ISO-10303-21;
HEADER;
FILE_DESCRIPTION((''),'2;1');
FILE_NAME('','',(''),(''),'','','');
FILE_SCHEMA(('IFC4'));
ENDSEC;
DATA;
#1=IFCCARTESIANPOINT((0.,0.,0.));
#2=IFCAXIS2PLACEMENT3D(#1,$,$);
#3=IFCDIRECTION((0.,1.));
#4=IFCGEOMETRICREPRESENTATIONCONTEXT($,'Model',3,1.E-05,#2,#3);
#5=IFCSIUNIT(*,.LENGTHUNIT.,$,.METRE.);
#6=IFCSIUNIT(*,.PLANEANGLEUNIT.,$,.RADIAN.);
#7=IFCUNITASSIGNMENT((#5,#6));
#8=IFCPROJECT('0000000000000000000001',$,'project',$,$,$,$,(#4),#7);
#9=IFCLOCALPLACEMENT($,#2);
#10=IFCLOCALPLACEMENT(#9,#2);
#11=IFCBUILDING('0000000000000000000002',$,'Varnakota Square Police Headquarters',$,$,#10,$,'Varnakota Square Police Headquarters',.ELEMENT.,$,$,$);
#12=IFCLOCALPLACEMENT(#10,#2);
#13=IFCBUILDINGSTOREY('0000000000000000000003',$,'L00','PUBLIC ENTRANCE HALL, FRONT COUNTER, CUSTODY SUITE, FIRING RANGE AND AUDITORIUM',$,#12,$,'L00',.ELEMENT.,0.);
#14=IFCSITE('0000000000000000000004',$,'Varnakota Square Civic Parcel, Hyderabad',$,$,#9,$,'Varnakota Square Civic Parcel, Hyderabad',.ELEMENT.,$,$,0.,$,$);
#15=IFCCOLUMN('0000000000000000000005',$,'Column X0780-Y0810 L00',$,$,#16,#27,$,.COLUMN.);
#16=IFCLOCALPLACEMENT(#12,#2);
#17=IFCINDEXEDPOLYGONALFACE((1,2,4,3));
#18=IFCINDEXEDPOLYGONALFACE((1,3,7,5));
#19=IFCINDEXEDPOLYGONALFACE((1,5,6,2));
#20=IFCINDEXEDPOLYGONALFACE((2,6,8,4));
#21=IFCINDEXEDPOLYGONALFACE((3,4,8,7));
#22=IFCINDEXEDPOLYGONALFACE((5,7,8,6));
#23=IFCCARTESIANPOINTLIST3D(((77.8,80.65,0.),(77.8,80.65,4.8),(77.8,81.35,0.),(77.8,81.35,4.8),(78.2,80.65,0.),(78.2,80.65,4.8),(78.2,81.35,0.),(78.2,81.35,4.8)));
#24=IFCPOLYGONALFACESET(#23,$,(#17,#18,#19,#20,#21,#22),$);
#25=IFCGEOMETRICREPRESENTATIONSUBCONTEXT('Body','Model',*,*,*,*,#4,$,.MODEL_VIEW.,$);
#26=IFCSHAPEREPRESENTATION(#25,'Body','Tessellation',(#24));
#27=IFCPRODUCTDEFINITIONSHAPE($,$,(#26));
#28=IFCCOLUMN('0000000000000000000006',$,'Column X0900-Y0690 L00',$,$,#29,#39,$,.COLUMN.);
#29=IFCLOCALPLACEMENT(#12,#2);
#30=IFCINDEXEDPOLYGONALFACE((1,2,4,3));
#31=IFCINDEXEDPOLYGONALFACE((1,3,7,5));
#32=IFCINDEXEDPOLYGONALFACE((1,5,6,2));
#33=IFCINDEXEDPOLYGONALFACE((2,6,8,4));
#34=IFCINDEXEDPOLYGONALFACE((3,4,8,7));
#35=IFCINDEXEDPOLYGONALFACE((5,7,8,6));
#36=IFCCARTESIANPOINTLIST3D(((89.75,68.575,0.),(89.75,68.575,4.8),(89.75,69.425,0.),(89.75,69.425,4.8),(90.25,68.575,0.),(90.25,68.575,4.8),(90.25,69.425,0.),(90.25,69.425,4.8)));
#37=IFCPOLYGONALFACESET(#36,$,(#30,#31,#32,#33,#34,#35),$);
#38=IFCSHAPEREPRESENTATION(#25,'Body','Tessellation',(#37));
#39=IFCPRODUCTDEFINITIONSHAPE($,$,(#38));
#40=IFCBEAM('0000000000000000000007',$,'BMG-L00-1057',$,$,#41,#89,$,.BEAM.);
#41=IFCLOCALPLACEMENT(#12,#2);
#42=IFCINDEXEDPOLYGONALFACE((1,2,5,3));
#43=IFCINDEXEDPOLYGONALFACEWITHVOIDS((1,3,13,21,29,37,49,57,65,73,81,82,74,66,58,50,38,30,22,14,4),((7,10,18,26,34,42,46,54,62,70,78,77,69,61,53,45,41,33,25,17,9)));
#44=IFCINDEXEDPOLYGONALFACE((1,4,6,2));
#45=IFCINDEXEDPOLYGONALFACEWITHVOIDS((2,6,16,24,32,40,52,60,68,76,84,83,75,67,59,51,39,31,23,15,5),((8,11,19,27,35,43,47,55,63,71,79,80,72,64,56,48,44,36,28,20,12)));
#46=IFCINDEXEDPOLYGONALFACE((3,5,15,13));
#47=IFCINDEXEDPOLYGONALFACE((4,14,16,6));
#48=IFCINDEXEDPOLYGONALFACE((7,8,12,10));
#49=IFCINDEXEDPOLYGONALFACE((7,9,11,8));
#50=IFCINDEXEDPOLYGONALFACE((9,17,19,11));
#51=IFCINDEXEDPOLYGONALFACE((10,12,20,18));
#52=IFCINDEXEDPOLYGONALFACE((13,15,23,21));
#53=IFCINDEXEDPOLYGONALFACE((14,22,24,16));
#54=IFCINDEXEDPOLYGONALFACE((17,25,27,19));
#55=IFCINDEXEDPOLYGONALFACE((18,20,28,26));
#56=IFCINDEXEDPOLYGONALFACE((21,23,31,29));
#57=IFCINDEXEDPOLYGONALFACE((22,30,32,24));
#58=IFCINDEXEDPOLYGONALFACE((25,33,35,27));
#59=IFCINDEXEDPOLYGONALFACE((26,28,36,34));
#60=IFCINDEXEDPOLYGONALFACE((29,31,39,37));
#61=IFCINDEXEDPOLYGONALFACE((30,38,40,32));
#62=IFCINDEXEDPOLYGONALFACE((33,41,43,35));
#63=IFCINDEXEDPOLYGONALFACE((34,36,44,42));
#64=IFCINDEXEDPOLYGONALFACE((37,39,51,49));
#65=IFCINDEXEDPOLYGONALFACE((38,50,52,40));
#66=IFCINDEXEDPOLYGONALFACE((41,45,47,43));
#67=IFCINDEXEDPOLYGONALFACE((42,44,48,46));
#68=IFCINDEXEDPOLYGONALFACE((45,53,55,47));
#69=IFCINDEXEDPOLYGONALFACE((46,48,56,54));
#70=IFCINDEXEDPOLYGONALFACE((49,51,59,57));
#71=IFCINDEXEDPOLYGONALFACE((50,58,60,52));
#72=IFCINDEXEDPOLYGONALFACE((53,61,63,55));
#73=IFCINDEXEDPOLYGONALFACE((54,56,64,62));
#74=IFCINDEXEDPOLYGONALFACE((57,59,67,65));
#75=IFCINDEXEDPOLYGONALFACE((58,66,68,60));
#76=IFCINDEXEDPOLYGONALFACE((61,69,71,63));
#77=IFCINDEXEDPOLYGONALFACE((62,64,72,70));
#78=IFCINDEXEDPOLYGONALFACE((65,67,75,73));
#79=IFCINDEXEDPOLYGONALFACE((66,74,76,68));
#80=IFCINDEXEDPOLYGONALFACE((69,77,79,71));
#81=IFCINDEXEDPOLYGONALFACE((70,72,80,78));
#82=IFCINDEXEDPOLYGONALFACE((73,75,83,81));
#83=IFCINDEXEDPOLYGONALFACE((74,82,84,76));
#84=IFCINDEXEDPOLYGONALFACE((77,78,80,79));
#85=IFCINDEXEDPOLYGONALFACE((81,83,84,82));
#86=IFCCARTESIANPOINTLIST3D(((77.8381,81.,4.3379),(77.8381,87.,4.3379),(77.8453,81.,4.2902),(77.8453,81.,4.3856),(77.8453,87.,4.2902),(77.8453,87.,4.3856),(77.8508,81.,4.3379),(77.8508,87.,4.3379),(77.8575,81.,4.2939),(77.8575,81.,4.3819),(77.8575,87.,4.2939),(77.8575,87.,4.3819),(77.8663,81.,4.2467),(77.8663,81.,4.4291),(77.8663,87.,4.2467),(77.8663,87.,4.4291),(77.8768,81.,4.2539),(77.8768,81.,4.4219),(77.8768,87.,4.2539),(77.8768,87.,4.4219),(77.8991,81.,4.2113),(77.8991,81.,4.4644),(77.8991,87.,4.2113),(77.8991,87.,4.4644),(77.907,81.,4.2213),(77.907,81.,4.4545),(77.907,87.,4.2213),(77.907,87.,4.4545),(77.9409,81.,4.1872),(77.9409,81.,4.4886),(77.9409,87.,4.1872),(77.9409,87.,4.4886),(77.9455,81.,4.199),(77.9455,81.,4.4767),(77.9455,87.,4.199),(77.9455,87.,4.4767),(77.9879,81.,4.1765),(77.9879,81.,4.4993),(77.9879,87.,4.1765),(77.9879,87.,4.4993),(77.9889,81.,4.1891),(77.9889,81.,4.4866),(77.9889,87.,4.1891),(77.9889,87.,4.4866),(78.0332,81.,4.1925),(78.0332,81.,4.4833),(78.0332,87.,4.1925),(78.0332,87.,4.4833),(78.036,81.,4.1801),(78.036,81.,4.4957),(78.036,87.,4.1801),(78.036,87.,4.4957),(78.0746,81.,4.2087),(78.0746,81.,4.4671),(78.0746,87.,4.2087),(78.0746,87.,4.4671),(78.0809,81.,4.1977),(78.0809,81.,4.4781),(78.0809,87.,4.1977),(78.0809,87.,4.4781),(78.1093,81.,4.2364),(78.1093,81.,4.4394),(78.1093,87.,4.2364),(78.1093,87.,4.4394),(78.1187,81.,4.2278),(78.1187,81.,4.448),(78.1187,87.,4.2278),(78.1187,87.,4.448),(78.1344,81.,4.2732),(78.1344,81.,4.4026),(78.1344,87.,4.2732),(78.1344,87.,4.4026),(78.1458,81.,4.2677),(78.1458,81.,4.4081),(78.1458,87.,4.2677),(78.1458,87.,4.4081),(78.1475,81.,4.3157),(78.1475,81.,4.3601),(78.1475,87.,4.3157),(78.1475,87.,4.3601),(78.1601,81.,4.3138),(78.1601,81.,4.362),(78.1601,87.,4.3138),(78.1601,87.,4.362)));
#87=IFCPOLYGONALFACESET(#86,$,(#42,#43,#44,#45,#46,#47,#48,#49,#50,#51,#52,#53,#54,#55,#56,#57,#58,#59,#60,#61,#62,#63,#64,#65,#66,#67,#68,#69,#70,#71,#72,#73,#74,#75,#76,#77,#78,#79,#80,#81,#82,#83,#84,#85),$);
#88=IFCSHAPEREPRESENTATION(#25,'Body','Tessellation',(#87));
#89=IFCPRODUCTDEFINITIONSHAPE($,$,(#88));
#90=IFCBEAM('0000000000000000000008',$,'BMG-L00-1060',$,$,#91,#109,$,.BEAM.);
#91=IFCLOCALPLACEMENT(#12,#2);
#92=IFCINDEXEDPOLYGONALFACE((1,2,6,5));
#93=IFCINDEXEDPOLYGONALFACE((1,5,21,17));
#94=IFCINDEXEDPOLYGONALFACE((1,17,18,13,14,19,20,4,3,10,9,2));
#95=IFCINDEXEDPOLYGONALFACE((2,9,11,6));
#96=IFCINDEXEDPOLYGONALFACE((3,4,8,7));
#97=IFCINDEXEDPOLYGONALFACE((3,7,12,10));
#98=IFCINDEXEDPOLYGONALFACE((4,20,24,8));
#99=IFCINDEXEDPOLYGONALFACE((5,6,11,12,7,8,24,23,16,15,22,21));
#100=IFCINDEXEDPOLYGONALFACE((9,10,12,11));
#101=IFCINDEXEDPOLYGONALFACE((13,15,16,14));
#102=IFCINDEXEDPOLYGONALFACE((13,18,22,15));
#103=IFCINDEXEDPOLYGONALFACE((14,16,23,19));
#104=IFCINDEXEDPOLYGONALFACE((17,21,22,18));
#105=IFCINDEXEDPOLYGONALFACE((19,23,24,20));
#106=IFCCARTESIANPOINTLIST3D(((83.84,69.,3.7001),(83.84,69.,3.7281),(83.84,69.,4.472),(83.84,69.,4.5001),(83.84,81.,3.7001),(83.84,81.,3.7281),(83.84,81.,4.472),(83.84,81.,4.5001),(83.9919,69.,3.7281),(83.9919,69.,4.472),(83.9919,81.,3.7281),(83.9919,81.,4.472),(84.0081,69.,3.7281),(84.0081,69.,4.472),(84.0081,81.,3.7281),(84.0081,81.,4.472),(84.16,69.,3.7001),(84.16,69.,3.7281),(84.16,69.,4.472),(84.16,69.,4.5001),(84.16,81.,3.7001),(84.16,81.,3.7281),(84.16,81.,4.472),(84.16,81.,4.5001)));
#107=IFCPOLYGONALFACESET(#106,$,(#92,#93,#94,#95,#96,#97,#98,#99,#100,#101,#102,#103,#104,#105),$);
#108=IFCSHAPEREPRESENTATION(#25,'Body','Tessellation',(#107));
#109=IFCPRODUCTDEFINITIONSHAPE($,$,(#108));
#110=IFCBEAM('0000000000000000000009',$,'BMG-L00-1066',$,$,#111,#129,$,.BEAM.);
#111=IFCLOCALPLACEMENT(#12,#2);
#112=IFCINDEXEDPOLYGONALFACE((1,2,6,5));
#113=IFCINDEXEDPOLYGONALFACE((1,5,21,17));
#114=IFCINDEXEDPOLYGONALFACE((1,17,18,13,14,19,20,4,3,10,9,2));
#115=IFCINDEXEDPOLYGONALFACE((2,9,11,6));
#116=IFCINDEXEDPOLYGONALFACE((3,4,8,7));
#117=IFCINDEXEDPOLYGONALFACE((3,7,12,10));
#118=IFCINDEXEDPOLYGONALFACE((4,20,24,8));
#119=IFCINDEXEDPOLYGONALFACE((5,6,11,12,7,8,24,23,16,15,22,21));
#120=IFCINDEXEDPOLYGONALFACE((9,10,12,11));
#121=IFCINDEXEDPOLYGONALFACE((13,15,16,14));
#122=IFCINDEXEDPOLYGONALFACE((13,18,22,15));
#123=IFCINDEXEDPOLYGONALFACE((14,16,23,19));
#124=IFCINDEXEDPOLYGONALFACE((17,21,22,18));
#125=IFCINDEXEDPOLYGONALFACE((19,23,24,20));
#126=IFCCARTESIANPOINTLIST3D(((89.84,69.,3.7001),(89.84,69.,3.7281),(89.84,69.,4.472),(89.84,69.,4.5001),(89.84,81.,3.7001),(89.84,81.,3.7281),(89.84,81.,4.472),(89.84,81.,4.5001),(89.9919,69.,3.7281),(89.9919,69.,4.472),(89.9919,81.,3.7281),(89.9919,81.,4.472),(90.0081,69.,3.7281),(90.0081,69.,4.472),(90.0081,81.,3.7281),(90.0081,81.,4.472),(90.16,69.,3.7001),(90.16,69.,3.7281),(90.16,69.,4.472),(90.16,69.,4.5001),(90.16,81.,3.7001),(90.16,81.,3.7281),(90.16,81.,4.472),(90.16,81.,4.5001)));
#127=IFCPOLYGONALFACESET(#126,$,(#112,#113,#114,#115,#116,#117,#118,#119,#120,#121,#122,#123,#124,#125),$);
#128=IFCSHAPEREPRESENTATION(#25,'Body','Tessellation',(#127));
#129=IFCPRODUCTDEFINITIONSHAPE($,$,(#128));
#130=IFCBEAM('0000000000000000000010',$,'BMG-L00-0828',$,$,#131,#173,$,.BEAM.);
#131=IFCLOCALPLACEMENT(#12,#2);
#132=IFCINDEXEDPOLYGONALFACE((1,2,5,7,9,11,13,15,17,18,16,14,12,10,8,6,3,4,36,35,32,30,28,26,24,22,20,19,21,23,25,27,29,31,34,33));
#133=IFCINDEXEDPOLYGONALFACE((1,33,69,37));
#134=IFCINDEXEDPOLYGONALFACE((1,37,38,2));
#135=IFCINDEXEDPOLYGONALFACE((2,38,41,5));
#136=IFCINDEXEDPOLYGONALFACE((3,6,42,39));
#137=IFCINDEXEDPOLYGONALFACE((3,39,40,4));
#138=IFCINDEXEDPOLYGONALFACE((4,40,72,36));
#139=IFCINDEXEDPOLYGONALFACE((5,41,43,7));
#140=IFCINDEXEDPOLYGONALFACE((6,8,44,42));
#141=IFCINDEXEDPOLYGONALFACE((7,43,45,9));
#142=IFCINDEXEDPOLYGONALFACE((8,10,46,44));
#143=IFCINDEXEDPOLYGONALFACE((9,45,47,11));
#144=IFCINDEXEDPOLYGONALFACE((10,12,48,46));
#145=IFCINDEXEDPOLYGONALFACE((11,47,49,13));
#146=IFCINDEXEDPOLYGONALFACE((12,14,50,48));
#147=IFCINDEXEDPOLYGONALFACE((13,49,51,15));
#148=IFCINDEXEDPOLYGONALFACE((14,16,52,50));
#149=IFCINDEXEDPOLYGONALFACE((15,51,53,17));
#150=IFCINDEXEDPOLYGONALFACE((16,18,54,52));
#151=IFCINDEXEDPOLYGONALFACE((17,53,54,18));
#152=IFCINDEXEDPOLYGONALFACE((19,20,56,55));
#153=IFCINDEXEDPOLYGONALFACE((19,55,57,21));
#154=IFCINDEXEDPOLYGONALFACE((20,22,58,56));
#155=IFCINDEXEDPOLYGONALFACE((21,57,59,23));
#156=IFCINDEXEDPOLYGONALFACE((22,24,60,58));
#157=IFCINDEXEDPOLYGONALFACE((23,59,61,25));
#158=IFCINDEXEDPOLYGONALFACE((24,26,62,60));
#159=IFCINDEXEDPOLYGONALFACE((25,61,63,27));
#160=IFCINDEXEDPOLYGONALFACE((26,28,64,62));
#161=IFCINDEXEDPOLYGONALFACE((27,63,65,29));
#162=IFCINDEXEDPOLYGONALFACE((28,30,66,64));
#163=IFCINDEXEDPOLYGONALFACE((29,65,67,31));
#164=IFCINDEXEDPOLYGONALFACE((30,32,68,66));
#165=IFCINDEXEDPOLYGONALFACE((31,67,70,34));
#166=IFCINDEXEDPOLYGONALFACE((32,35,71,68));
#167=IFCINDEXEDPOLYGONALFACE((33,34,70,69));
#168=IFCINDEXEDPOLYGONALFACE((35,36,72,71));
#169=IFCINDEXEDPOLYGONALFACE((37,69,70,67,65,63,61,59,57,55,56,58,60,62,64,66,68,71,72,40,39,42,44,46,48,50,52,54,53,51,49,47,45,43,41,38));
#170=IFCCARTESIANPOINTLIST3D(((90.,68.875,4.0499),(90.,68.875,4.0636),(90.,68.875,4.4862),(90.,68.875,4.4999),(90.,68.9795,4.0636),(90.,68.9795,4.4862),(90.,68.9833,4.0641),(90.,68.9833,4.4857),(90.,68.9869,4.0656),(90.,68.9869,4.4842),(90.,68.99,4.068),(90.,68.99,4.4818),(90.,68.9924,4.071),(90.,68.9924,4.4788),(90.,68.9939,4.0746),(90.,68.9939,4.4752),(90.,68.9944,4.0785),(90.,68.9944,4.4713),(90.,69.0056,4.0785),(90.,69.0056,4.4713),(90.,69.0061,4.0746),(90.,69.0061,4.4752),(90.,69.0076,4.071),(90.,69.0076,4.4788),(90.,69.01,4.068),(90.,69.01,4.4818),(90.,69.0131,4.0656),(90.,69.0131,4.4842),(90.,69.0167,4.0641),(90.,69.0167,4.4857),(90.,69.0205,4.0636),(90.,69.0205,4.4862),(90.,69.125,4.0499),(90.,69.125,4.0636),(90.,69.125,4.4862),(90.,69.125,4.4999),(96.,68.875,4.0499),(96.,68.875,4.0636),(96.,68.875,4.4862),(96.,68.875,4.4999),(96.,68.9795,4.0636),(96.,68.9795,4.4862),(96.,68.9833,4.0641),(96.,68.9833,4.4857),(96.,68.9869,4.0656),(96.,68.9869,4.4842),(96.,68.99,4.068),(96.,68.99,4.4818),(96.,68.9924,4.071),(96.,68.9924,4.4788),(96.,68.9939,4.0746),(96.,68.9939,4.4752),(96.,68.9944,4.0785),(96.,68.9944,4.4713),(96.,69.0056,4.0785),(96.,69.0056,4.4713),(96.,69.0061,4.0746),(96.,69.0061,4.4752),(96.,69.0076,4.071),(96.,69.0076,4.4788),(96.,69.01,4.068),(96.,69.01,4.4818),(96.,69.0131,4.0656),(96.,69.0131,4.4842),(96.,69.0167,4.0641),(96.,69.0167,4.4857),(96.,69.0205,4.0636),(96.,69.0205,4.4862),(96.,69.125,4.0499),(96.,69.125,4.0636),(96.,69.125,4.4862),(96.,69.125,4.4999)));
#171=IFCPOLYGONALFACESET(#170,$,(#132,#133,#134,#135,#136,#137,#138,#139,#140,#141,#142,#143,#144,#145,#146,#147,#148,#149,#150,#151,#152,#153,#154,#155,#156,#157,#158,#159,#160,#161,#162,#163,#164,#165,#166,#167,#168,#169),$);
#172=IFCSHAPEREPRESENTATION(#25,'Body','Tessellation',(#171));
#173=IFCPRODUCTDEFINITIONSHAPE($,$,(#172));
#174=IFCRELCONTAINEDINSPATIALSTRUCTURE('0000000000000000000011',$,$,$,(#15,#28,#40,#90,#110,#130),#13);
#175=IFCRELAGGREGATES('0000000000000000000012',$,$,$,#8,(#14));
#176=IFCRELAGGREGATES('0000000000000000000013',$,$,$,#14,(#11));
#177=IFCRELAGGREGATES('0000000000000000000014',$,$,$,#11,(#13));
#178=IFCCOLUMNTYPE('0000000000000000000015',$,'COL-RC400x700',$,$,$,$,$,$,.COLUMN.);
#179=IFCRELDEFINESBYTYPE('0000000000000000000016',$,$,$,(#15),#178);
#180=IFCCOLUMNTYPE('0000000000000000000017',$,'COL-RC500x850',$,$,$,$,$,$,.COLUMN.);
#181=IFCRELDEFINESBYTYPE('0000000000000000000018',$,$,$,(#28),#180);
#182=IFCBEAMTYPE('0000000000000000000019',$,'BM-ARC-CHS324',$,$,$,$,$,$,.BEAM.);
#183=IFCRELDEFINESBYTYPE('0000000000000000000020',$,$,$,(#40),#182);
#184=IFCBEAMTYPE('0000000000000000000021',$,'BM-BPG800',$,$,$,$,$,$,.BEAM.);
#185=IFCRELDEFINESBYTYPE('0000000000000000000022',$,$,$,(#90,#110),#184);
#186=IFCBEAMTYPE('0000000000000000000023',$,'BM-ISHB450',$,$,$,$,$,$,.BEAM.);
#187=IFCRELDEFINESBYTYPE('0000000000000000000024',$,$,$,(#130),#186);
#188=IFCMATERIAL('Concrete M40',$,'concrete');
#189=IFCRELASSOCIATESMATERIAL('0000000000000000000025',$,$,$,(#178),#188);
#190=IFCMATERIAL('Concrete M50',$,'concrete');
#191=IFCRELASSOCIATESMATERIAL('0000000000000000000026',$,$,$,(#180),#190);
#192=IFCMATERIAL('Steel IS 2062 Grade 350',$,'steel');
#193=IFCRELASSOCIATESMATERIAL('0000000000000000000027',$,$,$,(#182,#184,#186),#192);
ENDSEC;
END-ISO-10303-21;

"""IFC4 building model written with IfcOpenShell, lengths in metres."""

from ifc_helpers import new_model, si_unit, direction, frame, origin, origin_2d, place, context, subcontext, project, spatial, rectangle, hollow_circle, i_section, extrude, material, material_profile, profile_set, type_object, element, save


model = new_model("IFC4")

# Units and contexts
model_context = context("Model", 3, precision=1e-05, world=origin(), true_north=direction((0.0, 1.0)))
body_context = subcontext(model_context, "Body", "Model", "MODEL_VIEW")
ifc_project = project(units=[si_unit("LENGTHUNIT", "METRE"), si_unit("PLANEANGLEUNIT", "RADIAN")], contexts=[model_context])

# Site, building, storey
site_placement = place(None, origin())
site = spatial("IfcSite", under=ifc_project, at=site_placement, Name="Varnakota Square Civic Parcel, Hyderabad", LongName="Varnakota Square Civic Parcel, Hyderabad", CompositionType="ELEMENT", RefElevation=0.0)
building_placement = place(site_placement, origin())
building = spatial("IfcBuilding", under=site, at=building_placement, Name="Varnakota Square Police Headquarters", LongName="Varnakota Square Police Headquarters", CompositionType="ELEMENT")
storey_placement = place(building_placement, origin())
storey = spatial("IfcBuildingStorey", under=building, at=storey_placement, Name="L00", Description="PUBLIC ENTRANCE HALL, FRONT COUNTER, CUSTODY SUITE, FIRING RANGE AND AUDITORIUM", LongName="L00", CompositionType="ELEMENT", Elevation=0.0)

# Columns
ifc_material_1 = material(Name="Concrete M40", Category="concrete")
ifc_material_profile_1 = material_profile(ifc_material_1, rectangle(XDim=0.3999, YDim=0.7, at=origin_2d()), Name="RC 400x700")
ifc_profile_set_1 = profile_set([ifc_material_profile_1], Name="Concrete M40")
column_type_1 = type_object("IfcColumnType", Name="COL-RC400x700", PredefinedType="COLUMN", material=ifc_profile_set_1)
column_1_placement = place(storey_placement, frame((78.0, 81.0, 0.0), z_axis=(0.0, 0.0, 1.0), x_axis=(1.0, 0.0, 0.0)))
element("IfcColumn", 1, at=column_1_placement, inside=storey, type_object=column_type_1, Name="Column X0780-Y0810 L00", PredefinedType="COLUMN", context=body_context, shape_type="SweptSolid", body=[
    extrude(rectangle(XDim=0.3999, YDim=0.7, at=origin_2d()), origin(), (0.0, 0.0, 1.0), 4.8),
])
ifc_material_2 = material(Name="Concrete M50", Category="concrete")
ifc_material_profile_2 = material_profile(ifc_material_2, rectangle(XDim=0.5, YDim=0.8501, at=origin_2d()), Name="RC 500x850")
ifc_profile_set_2 = profile_set([ifc_material_profile_2], Name="Concrete M50")
column_type_2 = type_object("IfcColumnType", Name="COL-RC500x850", PredefinedType="COLUMN", material=ifc_profile_set_2)
column_2_placement = place(storey_placement, frame((90.0, 69.0, 0.0), z_axis=(0.0, 0.0, 1.0), x_axis=(1.0, 0.0, 0.0)))
element("IfcColumn", 2, at=column_2_placement, inside=storey, type_object=column_type_2, Name="Column X0900-Y0690 L00", PredefinedType="COLUMN", context=body_context, shape_type="SweptSolid", body=[
    extrude(rectangle(XDim=0.5, YDim=0.8501, at=origin_2d()), origin(), (0.0, 0.0, 1.0), 4.8),
])

# Beams
ifc_material_3 = material(Name="Steel IS 2062 Grade 350", Category="steel")
ifc_material_profile_3 = material_profile(ifc_material_3, hollow_circle(Radius=0.1619, WallThickness=0.0127, at=origin_2d()), Name="CHS 323.9x12.7")
ifc_profile_set_3 = profile_set([ifc_material_profile_3], Name="Steel IS 2062 Grade 350")
beam_type_1 = type_object("IfcBeamType", Name="BM-ARC-CHS324", PredefinedType="BEAM", material=ifc_profile_set_3)
beam_1_placement = place(storey_placement, frame((78.0, 81.0, 4.3379), z_axis=(0.0, 1.0, 0.0), x_axis=(-1.0, 0.0, 0.0)))
element("IfcBeam", 3, at=beam_1_placement, inside=storey, type_object=beam_type_1, Name="BMG-L00-1057", PredefinedType="BEAM", context=body_context, shape_type="SweptSolid", body=[
    extrude(hollow_circle(Radius=0.1619, WallThickness=0.0127, at=origin_2d()), origin(), (0.0, 0.0, 1.0), 6.0),
])
ifc_material_profile_4 = material_profile(ifc_material_3, i_section(OverallWidth=0.3201, OverallDepth=0.8, WebThickness=0.0161, FlangeThickness=0.0281, at=origin_2d()), Name="BPG 800x320")
ifc_profile_set_4 = profile_set([ifc_material_profile_4], Name="Steel IS 2062 Grade 350")
beam_type_2 = type_object("IfcBeamType", Name="BM-BPG800", PredefinedType="BEAM", material=ifc_profile_set_4)
for number, where, z_axis, x_axis, name in (
    (4, (84.0, 69.0, 4.1001), (0.0, 1.0, 0.0), (-1.0, 0.0, 0.0), "BMG-L00-1060"),
    (5, (90.0, 69.0, 4.1001), (0.0, 1.0, 0.0), (-1.0, 0.0, 0.0), "BMG-L00-1066"),
):
    element("IfcBeam", number, at=place(storey_placement, frame(where, z_axis=z_axis, x_axis=x_axis)), inside=storey, type_object=beam_type_2, Name=name, PredefinedType="BEAM", context=body_context, shape_type="SweptSolid", body=[
        extrude(i_section(OverallWidth=0.3201, OverallDepth=0.8, WebThickness=0.0161, FlangeThickness=0.0281, at=origin_2d()), origin(), (0.0, 0.0, 1.0), 12.0),
    ])
ifc_material_profile_5 = material_profile(ifc_material_3, i_section(OverallWidth=0.25, OverallDepth=0.45, WebThickness=0.0112, FlangeThickness=0.0137, FilletRadius=0.0149, at=origin_2d()), Name="ISHB 450")
ifc_profile_set_5 = profile_set([ifc_material_profile_5], Name="Steel IS 2062 Grade 350")
beam_type_3 = type_object("IfcBeamType", Name="BM-ISHB450", PredefinedType="BEAM", material=ifc_profile_set_5)
beam_2_placement = place(storey_placement, frame((90.0, 69.0, 4.2749), z_axis=(1.0, 0.0, 0.0), x_axis=(0.0, 1.0, 0.0)))
element("IfcBeam", 6, at=beam_2_placement, inside=storey, type_object=beam_type_3, Name="BMG-L00-0828", PredefinedType="BEAM", context=body_context, shape_type="SweptSolid", body=[
    extrude(i_section(OverallWidth=0.25, OverallDepth=0.45, WebThickness=0.0112, FlangeThickness=0.0137, FilletRadius=0.0149, at=origin_2d()), origin(), (0.0, 0.0, 1.0), 6.0),
])

save(model, "model.ifc")
